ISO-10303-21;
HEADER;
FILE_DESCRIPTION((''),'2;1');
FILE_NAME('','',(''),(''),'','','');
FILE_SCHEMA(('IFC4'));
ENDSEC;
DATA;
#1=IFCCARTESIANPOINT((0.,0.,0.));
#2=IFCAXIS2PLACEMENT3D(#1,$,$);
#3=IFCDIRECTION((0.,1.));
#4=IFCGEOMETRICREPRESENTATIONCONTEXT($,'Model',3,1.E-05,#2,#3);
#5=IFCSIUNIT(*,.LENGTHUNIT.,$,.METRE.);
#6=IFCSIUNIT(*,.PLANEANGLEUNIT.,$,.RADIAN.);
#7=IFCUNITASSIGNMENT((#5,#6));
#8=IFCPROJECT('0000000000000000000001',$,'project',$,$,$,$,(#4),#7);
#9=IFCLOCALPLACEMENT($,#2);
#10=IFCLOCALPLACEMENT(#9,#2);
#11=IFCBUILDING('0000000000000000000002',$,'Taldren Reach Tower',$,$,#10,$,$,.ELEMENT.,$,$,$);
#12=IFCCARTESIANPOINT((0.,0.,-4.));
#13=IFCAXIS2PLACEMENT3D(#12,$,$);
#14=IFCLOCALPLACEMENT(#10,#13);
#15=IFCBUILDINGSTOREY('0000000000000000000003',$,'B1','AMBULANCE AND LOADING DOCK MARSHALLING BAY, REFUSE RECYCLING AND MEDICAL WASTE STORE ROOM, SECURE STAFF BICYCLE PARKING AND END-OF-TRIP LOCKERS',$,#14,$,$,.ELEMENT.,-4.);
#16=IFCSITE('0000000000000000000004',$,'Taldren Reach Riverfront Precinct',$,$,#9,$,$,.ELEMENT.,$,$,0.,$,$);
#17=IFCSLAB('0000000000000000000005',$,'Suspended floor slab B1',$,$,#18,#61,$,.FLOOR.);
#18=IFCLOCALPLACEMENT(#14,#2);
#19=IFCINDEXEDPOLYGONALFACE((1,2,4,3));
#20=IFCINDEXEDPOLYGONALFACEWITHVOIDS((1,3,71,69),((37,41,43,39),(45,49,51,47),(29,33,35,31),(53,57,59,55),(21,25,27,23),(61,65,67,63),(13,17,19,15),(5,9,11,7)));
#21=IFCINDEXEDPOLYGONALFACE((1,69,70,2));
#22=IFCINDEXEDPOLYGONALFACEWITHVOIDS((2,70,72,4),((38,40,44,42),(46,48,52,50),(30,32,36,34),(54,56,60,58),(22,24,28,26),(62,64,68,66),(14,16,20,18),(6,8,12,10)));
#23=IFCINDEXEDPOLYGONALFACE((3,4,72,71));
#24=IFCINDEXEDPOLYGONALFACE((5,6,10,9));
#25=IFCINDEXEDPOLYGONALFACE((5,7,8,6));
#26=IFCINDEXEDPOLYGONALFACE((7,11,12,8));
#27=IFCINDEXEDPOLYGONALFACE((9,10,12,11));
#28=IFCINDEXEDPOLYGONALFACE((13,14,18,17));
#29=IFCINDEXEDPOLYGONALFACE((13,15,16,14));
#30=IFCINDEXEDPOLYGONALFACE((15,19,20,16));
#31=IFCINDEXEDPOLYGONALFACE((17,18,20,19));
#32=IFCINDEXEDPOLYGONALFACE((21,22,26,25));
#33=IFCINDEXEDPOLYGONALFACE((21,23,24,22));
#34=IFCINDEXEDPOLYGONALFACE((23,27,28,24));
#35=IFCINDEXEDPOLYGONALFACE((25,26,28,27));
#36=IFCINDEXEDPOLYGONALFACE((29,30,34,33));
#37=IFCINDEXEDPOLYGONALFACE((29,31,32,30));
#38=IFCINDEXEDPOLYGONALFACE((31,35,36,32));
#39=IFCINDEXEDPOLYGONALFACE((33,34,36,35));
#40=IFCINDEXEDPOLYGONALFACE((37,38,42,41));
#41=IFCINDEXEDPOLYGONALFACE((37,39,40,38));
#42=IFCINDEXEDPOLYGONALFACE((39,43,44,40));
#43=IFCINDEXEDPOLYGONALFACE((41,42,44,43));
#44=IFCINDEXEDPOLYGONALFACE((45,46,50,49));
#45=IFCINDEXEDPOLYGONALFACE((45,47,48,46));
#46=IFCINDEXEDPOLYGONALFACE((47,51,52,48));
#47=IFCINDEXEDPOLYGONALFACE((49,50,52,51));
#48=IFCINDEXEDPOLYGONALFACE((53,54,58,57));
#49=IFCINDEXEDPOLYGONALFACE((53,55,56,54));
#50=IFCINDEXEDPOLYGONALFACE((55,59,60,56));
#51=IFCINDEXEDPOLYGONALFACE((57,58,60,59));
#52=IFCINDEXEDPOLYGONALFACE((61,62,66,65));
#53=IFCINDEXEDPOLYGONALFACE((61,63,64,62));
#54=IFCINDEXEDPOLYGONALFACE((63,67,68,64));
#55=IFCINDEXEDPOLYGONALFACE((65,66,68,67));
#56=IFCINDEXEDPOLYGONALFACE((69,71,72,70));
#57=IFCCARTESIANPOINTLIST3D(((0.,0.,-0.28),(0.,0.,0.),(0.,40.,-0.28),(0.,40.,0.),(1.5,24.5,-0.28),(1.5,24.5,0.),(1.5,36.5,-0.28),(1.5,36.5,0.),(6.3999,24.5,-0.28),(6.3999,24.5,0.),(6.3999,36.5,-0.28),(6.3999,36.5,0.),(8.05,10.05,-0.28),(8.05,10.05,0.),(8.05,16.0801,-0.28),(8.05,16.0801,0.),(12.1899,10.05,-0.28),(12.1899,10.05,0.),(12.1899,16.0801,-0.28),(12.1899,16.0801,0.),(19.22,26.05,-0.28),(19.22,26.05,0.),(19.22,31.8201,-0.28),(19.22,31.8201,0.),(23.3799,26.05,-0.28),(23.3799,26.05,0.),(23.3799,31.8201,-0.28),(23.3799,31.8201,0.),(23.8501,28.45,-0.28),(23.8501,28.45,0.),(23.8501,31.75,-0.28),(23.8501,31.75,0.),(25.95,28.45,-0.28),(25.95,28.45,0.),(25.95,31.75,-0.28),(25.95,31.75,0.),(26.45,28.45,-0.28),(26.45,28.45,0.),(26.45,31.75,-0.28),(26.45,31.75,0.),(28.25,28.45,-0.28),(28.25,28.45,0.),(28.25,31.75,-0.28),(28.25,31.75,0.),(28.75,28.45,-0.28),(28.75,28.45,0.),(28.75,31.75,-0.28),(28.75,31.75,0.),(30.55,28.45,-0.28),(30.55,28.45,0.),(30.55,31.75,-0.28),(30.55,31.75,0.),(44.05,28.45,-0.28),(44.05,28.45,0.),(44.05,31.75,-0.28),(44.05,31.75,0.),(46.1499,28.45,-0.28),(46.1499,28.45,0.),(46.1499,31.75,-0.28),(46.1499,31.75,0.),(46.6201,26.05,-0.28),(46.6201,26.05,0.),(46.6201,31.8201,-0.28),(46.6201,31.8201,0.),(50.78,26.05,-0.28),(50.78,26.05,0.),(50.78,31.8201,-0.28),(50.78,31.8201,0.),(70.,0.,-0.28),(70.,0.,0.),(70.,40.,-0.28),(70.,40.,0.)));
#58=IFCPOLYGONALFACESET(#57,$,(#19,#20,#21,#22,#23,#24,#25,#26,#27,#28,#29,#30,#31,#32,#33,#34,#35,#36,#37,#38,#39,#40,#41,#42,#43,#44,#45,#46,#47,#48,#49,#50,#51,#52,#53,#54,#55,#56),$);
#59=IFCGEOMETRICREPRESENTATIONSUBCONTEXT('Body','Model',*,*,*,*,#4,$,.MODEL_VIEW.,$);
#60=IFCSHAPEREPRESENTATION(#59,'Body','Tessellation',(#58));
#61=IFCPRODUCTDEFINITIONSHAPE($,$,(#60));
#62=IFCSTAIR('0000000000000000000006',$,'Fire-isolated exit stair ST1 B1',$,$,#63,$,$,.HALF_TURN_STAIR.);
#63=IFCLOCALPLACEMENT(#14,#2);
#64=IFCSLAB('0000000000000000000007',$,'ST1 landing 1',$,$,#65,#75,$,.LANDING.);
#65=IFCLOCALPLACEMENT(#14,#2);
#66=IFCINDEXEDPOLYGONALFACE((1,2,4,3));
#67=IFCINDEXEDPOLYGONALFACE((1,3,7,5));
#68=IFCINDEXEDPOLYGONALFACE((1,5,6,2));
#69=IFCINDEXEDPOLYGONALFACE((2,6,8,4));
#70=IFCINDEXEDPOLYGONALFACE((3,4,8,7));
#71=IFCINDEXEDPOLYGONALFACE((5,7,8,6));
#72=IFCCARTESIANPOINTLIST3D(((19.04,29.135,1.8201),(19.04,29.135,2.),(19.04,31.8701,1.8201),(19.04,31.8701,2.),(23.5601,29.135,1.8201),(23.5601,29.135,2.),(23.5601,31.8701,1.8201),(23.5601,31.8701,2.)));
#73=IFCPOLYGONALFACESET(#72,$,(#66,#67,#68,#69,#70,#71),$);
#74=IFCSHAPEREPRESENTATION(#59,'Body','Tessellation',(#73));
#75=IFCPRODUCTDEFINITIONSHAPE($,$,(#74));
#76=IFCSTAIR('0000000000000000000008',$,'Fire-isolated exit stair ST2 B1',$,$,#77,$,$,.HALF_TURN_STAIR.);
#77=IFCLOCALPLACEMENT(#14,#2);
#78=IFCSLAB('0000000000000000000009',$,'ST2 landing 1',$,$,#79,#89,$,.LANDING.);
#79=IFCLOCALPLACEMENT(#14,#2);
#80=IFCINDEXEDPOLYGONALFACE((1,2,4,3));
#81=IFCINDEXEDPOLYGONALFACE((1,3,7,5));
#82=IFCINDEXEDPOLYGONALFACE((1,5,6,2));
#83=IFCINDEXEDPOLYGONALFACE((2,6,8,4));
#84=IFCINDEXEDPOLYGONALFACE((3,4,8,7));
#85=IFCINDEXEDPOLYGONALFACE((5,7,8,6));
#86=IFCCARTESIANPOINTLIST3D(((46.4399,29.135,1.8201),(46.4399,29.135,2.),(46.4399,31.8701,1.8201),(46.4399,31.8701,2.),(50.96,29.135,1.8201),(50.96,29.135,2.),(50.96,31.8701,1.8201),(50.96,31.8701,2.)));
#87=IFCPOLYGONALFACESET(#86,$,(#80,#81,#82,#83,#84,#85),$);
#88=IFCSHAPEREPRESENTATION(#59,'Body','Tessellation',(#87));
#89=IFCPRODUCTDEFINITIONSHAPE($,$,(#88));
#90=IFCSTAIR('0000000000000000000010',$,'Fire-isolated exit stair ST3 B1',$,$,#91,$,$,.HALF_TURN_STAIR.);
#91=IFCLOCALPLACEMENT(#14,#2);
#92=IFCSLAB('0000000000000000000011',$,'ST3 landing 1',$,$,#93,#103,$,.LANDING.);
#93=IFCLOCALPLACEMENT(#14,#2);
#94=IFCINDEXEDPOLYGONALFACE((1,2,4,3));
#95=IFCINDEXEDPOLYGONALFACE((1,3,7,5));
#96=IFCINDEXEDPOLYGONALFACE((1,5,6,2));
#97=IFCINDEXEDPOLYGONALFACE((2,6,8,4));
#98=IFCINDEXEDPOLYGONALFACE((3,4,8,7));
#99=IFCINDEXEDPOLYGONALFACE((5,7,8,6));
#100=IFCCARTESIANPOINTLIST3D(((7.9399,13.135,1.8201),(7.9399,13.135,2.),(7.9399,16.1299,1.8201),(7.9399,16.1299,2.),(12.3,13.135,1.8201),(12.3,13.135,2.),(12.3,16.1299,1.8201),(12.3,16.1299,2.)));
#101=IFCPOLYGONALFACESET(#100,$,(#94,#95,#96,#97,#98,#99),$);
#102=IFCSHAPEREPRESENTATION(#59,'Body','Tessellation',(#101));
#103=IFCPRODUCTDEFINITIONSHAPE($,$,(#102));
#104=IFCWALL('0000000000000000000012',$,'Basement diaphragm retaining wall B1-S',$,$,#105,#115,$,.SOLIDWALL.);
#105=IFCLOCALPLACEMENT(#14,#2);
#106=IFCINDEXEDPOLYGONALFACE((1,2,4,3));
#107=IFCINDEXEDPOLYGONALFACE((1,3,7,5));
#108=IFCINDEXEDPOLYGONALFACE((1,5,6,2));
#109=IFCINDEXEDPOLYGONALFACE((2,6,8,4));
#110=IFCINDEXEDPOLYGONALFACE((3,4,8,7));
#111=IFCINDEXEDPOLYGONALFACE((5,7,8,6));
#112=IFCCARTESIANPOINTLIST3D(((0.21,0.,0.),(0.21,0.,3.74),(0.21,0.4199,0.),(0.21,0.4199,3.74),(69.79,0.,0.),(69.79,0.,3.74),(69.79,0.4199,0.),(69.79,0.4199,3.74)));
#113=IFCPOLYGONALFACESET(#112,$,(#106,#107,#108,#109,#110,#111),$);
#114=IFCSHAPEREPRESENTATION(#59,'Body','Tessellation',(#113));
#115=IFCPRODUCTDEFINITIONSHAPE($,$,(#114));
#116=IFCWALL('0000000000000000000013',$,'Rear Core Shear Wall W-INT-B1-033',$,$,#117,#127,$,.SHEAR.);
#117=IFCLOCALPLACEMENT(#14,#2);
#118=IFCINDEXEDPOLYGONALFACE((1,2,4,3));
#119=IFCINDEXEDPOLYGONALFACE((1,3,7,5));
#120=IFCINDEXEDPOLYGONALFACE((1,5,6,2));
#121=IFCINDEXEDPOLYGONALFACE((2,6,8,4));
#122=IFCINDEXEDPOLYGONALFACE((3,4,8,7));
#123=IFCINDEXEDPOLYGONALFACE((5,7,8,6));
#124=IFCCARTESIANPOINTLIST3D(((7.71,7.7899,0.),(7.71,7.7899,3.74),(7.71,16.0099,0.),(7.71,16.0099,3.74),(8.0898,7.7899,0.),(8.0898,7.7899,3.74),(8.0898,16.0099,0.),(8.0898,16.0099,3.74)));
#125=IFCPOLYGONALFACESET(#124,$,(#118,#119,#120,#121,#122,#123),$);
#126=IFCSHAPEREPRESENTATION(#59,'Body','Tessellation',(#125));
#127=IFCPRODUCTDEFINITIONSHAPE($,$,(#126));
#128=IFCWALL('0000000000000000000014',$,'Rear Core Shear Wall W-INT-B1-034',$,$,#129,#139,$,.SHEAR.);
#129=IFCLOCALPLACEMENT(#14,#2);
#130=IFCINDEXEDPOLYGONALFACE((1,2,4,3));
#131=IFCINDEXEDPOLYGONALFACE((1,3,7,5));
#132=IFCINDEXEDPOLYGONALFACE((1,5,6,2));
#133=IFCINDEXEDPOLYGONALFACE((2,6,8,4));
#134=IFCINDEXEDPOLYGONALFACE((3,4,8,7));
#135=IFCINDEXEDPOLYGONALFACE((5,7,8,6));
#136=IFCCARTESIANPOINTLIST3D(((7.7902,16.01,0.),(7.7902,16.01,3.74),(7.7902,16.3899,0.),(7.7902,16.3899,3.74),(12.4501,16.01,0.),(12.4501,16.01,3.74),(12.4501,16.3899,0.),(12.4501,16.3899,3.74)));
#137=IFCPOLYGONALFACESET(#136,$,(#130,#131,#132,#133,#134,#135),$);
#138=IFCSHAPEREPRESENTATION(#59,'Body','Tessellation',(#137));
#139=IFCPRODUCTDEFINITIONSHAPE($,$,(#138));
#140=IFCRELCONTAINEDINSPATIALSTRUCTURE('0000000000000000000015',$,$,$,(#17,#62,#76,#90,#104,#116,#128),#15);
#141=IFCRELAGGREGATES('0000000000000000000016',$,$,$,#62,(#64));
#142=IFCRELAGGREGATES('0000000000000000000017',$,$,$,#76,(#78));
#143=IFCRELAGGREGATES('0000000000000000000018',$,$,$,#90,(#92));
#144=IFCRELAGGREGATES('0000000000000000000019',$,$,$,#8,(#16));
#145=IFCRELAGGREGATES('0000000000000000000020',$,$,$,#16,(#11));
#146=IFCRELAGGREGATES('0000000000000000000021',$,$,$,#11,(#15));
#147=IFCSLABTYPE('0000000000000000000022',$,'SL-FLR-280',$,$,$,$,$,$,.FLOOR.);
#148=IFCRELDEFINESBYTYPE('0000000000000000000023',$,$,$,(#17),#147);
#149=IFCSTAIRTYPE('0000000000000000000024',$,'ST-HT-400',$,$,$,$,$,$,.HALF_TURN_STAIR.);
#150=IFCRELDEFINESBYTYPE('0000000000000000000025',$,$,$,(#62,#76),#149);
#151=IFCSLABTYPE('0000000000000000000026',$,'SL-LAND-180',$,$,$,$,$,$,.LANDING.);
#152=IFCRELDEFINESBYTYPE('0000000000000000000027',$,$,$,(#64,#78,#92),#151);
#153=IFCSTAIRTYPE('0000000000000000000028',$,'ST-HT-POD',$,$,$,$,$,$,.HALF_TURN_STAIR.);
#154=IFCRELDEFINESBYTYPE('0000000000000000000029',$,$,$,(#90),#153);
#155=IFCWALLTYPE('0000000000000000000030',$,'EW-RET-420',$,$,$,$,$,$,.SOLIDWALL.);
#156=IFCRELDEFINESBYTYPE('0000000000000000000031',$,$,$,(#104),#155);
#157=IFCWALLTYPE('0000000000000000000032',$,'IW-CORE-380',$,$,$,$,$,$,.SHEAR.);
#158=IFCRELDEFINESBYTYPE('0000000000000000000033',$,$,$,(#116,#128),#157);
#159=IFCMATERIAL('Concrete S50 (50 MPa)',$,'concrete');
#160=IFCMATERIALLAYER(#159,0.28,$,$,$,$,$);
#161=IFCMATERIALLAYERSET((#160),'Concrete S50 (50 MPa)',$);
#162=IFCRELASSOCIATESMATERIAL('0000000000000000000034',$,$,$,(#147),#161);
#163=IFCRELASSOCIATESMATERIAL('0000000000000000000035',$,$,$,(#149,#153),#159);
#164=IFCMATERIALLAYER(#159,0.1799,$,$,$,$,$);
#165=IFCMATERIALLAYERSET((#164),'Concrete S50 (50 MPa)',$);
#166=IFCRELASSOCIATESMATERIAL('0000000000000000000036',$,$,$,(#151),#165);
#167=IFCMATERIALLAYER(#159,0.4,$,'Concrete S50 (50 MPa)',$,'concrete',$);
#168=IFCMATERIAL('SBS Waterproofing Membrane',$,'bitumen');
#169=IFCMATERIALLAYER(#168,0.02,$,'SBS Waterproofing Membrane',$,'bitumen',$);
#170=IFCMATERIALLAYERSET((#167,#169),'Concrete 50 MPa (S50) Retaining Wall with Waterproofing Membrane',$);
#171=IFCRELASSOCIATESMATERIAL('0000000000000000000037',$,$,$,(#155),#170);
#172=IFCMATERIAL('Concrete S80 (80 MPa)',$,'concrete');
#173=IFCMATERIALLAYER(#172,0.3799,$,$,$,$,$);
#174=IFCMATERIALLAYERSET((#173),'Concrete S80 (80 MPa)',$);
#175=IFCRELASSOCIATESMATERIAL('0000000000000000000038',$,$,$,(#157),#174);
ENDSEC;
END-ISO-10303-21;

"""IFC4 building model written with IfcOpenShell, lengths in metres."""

from ifc_helpers import new_model, si_unit, direction, frame, frame_2d, origin, place, context, subcontext, project, spatial, polyline, rectangle, outline, extrude, source, transform, mapped, material, layer, layer_set, type_object, element, aggregate, save


model = new_model("IFC4")

# Units and contexts
model_context = context("Model", 3, precision=1e-05, world=origin(), true_north=direction((0.0, 1.0)))
body_context = subcontext(model_context, "Body", "Model", "MODEL_VIEW")
ifc_project = project(units=[si_unit("LENGTHUNIT", "METRE"), si_unit("PLANEANGLEUNIT", "RADIAN")], contexts=[model_context])

# Site, building, storey
site_placement = place(None, origin())
site = spatial("IfcSite", under=ifc_project, at=site_placement, Name="Taldren Reach Riverfront Precinct", CompositionType="ELEMENT", RefElevation=0.0)
building_placement = place(site_placement, origin())
building = spatial("IfcBuilding", under=site, at=building_placement, Name="Taldren Reach Tower", CompositionType="ELEMENT")
storey_placement = place(building_placement, frame((0.0, 0.0, -4.0)))
storey = spatial("IfcBuildingStorey", under=building, at=storey_placement, Name="B1", Description="AMBULANCE AND LOADING DOCK MARSHALLING BAY, REFUSE RECYCLING AND MEDICAL WASTE STORE ROOM, SECURE STAFF BICYCLE PARKING AND END-OF-TRIP LOCKERS", CompositionType="ELEMENT", Elevation=-4.0)

# Shared definitions
ifc_material_1 = material(Name="Concrete S80 (80 MPa)", Category="concrete")

# Slab
ifc_material_2 = material(Name="Concrete S50 (50 MPa)", Category="concrete")
ifc_layer_1 = layer(ifc_material_2, 0.28)
ifc_layer_set_1 = layer_set([ifc_layer_1], Name="Concrete S50 (50 MPa)")
slab_type_1 = type_object("IfcSlabType", Name="SL-FLR-280", PredefinedType="FLOOR", material=ifc_layer_set_1)
slab_1_placement = place(storey_placement, frame((0.0, 0.0, -0.28)))
element("IfcSlab", 1, at=slab_1_placement, inside=storey, type_object=slab_type_1, Name="Suspended floor slab B1", PredefinedType="FLOOR", context=body_context, shape_type="SweptSolid", body=[
    extrude(outline(polyline([(0.0, 0.0), (70.0, 0.0), (70.0, 40.0), (0.0, 40.0), (0.0, 0.0)]), holes=[polyline([(19.22, 26.05), (23.3799, 26.05), (23.3799, 31.8201), (19.22, 31.8201), (19.22, 26.05)]), polyline([(46.6201, 26.05), (50.78, 26.05), (50.78, 31.8201), (46.6201, 31.8201), (46.6201, 26.05)]), polyline([(8.05, 10.05), (12.1899, 10.05), (12.1899, 16.0801), (8.05, 16.0801), (8.05, 10.05)]), polyline([(1.5, 24.5), (6.3999, 24.5), (6.3999, 36.5), (1.5, 36.5), (1.5, 24.5)]), polyline([(23.8501, 28.45), (25.95, 28.45), (25.95, 31.75), (23.8501, 31.75), (23.8501, 28.45)]), polyline([(44.05, 28.45), (46.1499, 28.45), (46.1499, 31.75), (44.05, 31.75), (44.05, 28.45)]), polyline([(26.45, 28.45), (28.25, 28.45), (28.25, 31.75), (26.45, 31.75), (26.45, 28.45)]), polyline([(28.75, 28.45), (30.55, 28.45), (30.55, 31.75), (28.75, 31.75), (28.75, 28.45)])]), origin(), (0.0, 0.0, 1.0), 0.28),
])

# Stairs, slabs
stair_type_1 = type_object("IfcStairType", Name="ST-HT-400", PredefinedType="HALF_TURN_STAIR", material=ifc_material_2)
stair_1_placement = place(storey_placement, origin())
stair_1 = element("IfcStair", 2, at=stair_1_placement, inside=storey, type_object=stair_type_1, Name="Fire-isolated exit stair ST1 B1", PredefinedType="HALF_TURN_STAIR")
ifc_layer_2 = layer(ifc_material_2, 0.1799)
ifc_layer_set_2 = layer_set([ifc_layer_2], Name="Concrete S50 (50 MPa)")
slab_type_2 = type_object("IfcSlabType", Name="SL-LAND-180", PredefinedType="LANDING", material=ifc_layer_set_2)
slab_2_placement = place(storey_placement, frame((0.0, 0.0, 1.8201)))
slab_2 = element("IfcSlab", 3, at=slab_2_placement, type_object=slab_type_2, Name="ST1 landing 1", PredefinedType="LANDING", context=body_context, shape_type="SweptSolid", body=[
    extrude(outline(polyline([(19.04, 29.135), (23.5601, 29.135), (23.5601, 31.8701), (19.04, 31.8701), (19.04, 29.135)])), origin(), (0.0, 0.0, 1.0), 0.1799),
])
aggregate(stair_1, [slab_2])
stair_2_placement = place(storey_placement, origin())
stair_2 = element("IfcStair", 4, at=stair_2_placement, inside=storey, type_object=stair_type_1, Name="Fire-isolated exit stair ST2 B1", PredefinedType="HALF_TURN_STAIR")
slab_3_placement = place(storey_placement, frame((0.0, 0.0, 1.8201)))
slab_3 = element("IfcSlab", 5, at=slab_3_placement, type_object=slab_type_2, Name="ST2 landing 1", PredefinedType="LANDING", context=body_context, shape_type="SweptSolid", body=[
    extrude(outline(polyline([(46.4399, 29.135), (50.96, 29.135), (50.96, 31.8701), (46.4399, 31.8701), (46.4399, 29.135)])), origin(), (0.0, 0.0, 1.0), 0.1799),
])
aggregate(stair_2, [slab_3])
stair_type_2 = type_object("IfcStairType", Name="ST-HT-POD", PredefinedType="HALF_TURN_STAIR", material=ifc_material_2)
stair_3_placement = place(storey_placement, origin())
stair_3 = element("IfcStair", 6, at=stair_3_placement, inside=storey, type_object=stair_type_2, Name="Fire-isolated exit stair ST3 B1", PredefinedType="HALF_TURN_STAIR")
slab_4_placement = place(storey_placement, frame((0.0, 0.0, 1.8201)))
slab_4 = element("IfcSlab", 7, at=slab_4_placement, type_object=slab_type_2, Name="ST3 landing 1", PredefinedType="LANDING", context=body_context, shape_type="SweptSolid", body=[
    extrude(outline(polyline([(7.9399, 13.135), (12.3, 13.135), (12.3, 16.1299), (7.9399, 16.1299), (7.9399, 13.135)])), origin(), (0.0, 0.0, 1.0), 0.1799),
])
aggregate(stair_3, [slab_4])

# Walls
ifc_layer_3 = layer(ifc_material_2, 0.4, Name="Concrete S50 (50 MPa)", Category="concrete")
ifc_material_3 = material(Name="SBS Waterproofing Membrane", Category="bitumen")
ifc_layer_4 = layer(ifc_material_3, 0.02, Name="SBS Waterproofing Membrane", Category="bitumen")
ifc_layer_set_3 = layer_set([ifc_layer_3, ifc_layer_4], Name="Concrete 50 MPa (S50) Retaining Wall with Waterproofing Membrane")
wall_type_1 = type_object("IfcWallType", Name="EW-RET-420", PredefinedType="SOLIDWALL", material=ifc_layer_set_3)
shared_shape_1 = source(origin(), body_context, "Body", "SweptSolid", [
    extrude(rectangle(XDim=69.5801, YDim=0.4199, at=frame_2d((34.79, 0.0))), origin(), (0.0, 0.0, 1.0), 3.74),
])
wall_1_placement = place(storey_placement, frame((0.21, 0.21, 0.0), z_axis=(0.0, 0.0, 1.0), x_axis=(1.0, 0.0, 0.0)))
element("IfcWall", 8, at=wall_1_placement, inside=storey, type_object=wall_type_1, Name="Basement diaphragm retaining wall B1-S", PredefinedType="SOLIDWALL", context=body_context, shape_type="MappedRepresentation", body=[
    mapped(shared_shape_1, transform((0.0, 0.0, 0.0), scale=1.0)),
])
ifc_layer_5 = layer(ifc_material_1, 0.3799)
ifc_layer_set_4 = layer_set([ifc_layer_5], Name="Concrete S80 (80 MPa)")
wall_type_2 = type_object("IfcWallType", Name="IW-CORE-380", PredefinedType="SHEAR", material=ifc_layer_set_4)
shared_shape_2 = source(origin(), body_context, "Body", "SweptSolid", [
    extrude(rectangle(XDim=8.22, YDim=0.3799, at=frame_2d((4.1099, 0.0))), origin(), (0.0, 0.0, 1.0), 3.74),
])
wall_2_placement = place(storey_placement, frame((7.8999, 7.79, 0.0), z_axis=(0.0, 0.0, 1.0), x_axis=(0.0, 1.0, 0.0)))
element("IfcWall", 9, at=wall_2_placement, inside=storey, type_object=wall_type_2, Name="Rear Core Shear Wall W-INT-B1-033", PredefinedType="SHEAR", context=body_context, shape_type="MappedRepresentation", body=[
    mapped(shared_shape_2, transform((0.0, 0.0, 0.0), scale=1.0)),
])
shared_shape_3 = source(origin(), body_context, "Body", "SweptSolid", [
    extrude(rectangle(XDim=4.6599, YDim=0.3799, at=frame_2d((2.3301, 0.0))), origin(), (0.0, 0.0, 1.0), 3.74),
])
wall_3_placement = place(storey_placement, frame((7.79, 16.2, 0.0), z_axis=(0.0, 0.0, 1.0), x_axis=(1.0, 0.0, 0.0)))
element("IfcWall", 10, at=wall_3_placement, inside=storey, type_object=wall_type_2, Name="Rear Core Shear Wall W-INT-B1-034", PredefinedType="SHEAR", context=body_context, shape_type="MappedRepresentation", body=[
    mapped(shared_shape_3, transform((0.0, 0.0, 0.0), scale=1.0)),
])

save(model, "model.ifc")
